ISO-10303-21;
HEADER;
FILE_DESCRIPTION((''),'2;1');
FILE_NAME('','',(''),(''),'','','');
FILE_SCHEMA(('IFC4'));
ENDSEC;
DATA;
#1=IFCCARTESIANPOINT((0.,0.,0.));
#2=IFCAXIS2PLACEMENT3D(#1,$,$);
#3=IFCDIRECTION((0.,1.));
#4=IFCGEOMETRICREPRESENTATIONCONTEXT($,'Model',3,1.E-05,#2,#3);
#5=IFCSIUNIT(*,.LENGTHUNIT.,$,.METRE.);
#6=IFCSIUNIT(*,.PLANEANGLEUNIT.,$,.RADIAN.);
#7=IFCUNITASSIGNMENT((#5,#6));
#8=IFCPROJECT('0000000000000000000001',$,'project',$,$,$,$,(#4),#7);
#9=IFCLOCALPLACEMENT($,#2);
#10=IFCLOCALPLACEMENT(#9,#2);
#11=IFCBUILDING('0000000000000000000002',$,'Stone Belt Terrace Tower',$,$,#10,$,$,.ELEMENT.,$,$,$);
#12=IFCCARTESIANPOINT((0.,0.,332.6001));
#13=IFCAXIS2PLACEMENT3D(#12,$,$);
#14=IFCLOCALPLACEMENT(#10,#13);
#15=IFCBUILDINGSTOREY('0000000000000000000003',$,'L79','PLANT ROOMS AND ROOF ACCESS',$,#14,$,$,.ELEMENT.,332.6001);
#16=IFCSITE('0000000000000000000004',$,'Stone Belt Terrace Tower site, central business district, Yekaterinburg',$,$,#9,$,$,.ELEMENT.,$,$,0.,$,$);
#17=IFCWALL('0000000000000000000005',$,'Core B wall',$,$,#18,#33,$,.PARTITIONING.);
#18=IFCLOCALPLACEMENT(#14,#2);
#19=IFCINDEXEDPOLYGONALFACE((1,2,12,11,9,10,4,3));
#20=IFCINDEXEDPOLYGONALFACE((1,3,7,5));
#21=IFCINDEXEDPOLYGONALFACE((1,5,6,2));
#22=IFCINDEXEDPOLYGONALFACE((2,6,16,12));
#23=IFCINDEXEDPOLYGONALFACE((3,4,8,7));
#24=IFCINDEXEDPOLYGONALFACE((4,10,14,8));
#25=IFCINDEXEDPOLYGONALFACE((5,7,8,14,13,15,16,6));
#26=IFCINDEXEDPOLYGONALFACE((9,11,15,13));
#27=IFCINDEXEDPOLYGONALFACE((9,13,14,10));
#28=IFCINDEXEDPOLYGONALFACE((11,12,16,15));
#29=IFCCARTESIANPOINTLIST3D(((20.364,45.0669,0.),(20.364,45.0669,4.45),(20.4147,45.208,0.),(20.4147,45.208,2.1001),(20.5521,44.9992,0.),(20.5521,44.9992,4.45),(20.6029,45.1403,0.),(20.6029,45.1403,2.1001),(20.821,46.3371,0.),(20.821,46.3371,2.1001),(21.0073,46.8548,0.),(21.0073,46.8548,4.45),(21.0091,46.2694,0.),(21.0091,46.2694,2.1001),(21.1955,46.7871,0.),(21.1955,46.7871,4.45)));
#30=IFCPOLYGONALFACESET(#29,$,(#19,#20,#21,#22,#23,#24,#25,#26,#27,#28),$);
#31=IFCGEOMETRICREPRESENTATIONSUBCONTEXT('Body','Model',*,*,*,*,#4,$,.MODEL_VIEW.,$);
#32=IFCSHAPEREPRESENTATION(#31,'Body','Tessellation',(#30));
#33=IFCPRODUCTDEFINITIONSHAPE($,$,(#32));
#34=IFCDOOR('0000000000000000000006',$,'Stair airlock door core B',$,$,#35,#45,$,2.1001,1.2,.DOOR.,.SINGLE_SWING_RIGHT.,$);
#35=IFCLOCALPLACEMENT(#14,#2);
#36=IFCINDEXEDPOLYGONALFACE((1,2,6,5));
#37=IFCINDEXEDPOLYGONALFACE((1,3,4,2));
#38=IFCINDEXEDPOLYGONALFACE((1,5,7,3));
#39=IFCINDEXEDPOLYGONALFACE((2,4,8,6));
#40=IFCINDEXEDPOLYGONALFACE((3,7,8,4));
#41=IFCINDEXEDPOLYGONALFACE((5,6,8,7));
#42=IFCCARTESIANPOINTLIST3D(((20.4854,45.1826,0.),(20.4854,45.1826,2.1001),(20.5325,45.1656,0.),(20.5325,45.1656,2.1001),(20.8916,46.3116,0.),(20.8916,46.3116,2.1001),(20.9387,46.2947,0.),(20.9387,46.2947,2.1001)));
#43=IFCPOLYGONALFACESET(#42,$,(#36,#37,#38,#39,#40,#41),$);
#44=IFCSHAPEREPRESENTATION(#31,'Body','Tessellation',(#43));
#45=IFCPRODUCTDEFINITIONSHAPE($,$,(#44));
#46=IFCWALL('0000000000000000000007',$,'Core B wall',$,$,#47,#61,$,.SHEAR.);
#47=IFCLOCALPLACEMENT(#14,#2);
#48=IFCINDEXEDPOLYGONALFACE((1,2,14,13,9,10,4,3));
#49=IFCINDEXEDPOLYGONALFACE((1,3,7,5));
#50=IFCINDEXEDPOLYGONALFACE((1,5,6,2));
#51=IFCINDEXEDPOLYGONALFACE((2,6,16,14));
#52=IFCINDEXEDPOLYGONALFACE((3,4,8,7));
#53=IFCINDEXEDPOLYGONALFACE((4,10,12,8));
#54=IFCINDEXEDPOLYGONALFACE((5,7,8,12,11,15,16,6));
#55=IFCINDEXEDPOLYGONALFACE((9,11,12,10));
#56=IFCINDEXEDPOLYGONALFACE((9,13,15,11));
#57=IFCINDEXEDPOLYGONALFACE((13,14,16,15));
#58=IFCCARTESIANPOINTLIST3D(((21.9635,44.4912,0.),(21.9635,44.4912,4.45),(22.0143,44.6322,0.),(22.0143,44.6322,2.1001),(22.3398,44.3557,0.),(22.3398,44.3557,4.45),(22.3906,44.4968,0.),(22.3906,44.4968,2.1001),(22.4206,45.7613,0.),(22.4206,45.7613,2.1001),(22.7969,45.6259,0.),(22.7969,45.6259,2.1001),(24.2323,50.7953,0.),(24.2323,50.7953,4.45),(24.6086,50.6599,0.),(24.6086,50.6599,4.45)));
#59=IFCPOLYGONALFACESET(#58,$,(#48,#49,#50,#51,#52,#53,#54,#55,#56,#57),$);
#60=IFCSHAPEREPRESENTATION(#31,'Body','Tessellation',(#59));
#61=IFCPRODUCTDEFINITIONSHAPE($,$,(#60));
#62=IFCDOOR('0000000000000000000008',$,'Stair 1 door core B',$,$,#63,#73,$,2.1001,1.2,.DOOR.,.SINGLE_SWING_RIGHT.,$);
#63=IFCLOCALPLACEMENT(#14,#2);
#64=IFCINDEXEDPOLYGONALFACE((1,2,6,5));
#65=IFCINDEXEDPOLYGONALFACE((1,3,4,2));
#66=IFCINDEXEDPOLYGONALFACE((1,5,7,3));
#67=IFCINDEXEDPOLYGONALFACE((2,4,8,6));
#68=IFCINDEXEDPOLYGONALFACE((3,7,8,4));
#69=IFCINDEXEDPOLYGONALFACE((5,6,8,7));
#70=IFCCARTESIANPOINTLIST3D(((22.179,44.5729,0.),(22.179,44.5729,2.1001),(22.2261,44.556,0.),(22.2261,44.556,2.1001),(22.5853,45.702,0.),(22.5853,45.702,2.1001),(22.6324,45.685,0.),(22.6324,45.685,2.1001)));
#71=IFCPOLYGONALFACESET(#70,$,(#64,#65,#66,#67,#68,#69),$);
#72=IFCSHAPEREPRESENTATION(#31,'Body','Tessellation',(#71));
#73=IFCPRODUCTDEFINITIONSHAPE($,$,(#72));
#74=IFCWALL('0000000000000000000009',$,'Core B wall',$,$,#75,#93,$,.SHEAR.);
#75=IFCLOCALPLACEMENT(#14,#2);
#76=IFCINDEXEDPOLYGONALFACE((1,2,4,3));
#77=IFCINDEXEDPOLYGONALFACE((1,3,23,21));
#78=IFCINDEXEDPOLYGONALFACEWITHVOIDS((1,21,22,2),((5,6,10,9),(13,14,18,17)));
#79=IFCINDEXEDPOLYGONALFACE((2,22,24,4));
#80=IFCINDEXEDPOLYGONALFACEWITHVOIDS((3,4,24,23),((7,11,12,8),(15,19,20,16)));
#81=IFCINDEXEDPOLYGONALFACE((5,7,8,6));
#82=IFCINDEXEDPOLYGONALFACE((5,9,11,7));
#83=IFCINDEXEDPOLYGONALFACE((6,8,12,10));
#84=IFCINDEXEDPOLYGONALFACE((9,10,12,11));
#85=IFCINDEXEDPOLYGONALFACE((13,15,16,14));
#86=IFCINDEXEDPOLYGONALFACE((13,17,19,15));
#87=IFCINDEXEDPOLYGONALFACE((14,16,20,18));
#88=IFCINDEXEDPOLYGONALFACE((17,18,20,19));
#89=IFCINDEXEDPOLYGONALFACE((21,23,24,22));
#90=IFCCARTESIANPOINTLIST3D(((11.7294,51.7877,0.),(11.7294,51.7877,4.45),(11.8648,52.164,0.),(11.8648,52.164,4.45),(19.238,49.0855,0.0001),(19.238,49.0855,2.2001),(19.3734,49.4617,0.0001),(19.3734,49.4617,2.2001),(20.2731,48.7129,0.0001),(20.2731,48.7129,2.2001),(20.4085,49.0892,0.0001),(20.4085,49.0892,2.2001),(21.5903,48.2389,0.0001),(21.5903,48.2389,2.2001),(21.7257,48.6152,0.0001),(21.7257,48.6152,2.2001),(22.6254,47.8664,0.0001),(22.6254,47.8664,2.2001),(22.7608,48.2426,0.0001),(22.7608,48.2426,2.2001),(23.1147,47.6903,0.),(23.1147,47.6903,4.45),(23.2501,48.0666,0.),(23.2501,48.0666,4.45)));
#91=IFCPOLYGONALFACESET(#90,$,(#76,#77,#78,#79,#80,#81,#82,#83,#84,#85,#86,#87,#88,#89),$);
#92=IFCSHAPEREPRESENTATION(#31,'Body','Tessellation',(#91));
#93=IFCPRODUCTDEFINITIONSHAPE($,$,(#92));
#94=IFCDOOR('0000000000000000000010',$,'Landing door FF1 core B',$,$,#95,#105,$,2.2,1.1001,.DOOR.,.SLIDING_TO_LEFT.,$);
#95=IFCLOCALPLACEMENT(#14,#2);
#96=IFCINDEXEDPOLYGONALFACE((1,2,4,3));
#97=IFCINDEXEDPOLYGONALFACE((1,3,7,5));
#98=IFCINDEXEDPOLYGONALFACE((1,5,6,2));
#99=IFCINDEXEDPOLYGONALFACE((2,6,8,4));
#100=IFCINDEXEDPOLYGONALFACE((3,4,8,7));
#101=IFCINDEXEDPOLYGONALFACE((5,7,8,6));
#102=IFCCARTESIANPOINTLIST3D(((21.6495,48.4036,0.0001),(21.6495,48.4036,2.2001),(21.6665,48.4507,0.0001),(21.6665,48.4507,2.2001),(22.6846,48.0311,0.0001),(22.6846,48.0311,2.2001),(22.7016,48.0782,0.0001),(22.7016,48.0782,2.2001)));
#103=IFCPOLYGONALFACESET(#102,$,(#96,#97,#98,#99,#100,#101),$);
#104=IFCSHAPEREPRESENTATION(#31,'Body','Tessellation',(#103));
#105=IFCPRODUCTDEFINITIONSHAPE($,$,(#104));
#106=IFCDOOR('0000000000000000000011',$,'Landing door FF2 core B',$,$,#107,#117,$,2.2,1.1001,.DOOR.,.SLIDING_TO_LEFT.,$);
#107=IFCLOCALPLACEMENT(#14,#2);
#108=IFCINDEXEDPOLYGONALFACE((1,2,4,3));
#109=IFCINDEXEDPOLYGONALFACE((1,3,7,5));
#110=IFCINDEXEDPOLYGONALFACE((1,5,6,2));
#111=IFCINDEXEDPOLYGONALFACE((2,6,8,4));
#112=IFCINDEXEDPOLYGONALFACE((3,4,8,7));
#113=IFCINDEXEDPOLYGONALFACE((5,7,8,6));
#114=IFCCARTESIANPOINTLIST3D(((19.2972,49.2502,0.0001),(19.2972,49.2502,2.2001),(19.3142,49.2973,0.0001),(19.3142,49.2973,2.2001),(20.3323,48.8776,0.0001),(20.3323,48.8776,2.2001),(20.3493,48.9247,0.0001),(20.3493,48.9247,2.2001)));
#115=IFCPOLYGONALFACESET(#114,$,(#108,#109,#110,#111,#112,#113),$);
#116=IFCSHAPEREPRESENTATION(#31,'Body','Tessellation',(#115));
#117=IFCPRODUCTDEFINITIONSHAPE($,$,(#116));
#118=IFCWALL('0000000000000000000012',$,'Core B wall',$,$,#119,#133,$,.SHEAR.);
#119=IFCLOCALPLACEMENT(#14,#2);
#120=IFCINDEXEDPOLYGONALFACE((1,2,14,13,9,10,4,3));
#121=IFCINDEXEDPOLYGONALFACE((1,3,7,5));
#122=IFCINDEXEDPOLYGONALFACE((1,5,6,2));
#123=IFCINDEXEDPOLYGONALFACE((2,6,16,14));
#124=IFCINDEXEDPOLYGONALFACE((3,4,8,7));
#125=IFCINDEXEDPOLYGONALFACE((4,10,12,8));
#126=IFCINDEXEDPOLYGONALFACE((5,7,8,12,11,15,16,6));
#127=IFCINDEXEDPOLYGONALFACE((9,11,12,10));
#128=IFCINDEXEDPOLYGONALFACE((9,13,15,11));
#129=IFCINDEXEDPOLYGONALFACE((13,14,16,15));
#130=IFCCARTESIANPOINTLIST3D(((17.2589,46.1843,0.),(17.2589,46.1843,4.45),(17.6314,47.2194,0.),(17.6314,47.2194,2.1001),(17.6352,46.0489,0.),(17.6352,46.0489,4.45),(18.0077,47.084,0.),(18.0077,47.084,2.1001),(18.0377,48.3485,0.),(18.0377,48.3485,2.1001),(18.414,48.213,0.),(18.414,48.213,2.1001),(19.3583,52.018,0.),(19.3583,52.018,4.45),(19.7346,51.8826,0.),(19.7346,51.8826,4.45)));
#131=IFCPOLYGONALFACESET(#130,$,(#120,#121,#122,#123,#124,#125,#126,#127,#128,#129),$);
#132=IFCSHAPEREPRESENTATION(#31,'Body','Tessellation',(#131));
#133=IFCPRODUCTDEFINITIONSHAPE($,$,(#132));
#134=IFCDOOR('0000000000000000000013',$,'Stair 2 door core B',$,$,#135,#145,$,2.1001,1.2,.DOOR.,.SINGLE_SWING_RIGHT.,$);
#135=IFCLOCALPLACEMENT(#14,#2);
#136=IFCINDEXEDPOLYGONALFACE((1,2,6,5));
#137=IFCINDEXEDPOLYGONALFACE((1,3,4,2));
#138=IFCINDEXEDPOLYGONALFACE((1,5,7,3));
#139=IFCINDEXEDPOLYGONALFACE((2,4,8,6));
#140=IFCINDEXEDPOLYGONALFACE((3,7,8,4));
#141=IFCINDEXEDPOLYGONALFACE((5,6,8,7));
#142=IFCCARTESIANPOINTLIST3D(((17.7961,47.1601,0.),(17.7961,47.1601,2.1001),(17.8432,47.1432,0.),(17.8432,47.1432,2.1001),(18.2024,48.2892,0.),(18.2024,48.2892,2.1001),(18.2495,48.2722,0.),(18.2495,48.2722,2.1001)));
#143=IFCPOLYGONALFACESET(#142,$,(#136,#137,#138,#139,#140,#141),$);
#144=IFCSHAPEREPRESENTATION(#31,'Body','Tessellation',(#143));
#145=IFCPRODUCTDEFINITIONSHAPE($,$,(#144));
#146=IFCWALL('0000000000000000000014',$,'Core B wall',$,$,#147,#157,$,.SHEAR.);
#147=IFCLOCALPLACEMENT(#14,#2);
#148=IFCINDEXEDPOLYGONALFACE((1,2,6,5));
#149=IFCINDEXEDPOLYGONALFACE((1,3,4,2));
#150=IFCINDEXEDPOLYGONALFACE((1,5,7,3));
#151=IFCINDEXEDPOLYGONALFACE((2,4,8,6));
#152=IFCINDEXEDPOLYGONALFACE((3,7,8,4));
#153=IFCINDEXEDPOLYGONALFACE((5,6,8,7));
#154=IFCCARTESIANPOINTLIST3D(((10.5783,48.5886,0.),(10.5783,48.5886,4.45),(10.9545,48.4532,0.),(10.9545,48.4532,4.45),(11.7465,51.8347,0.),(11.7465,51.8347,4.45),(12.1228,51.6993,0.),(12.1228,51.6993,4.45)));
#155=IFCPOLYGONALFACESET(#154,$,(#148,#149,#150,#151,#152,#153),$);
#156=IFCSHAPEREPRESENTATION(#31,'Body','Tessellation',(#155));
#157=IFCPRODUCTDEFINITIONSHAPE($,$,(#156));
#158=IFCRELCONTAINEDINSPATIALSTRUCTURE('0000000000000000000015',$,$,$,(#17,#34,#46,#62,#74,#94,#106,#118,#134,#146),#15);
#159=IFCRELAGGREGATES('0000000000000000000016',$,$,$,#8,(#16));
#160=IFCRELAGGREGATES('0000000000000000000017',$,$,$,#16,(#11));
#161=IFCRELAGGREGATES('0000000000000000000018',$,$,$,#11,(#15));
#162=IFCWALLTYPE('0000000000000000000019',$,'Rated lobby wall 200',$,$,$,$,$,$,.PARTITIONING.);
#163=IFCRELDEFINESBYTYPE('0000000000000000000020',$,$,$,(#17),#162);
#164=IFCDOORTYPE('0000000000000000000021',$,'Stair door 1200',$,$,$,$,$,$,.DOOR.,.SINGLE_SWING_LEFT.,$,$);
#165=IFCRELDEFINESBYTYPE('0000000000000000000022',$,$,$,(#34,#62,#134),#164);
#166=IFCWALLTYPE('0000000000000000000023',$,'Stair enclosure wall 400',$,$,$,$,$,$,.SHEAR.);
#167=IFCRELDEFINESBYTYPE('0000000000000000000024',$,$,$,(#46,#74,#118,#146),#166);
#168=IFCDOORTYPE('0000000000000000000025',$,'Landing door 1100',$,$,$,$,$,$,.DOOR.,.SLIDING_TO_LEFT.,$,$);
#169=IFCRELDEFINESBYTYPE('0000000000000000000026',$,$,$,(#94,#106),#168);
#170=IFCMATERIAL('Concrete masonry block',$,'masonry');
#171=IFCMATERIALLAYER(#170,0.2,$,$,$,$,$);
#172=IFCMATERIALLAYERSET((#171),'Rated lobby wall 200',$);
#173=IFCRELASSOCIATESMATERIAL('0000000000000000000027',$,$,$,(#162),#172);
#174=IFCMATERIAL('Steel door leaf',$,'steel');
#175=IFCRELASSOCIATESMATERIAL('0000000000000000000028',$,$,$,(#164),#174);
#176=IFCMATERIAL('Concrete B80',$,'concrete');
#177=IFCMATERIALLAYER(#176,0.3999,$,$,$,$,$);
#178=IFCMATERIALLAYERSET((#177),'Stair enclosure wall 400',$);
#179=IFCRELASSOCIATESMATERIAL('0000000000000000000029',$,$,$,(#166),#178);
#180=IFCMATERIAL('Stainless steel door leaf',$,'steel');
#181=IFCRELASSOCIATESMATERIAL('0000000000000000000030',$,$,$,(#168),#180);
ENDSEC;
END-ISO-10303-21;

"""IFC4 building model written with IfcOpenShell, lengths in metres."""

from ifc_helpers import new_model, si_unit, direction, frame, frame_2d, origin, place, context, subcontext, project, spatial, rectangle, extrude, material, layer, layer_set, type_object, element, fill, save


model = new_model("IFC4")

# Units and contexts
model_context = context("Model", 3, precision=1e-05, world=origin(), true_north=direction((0.0, 1.0)))
body_context = subcontext(model_context, "Body", "Model", "MODEL_VIEW")
ifc_project = project(units=[si_unit("LENGTHUNIT", "METRE"), si_unit("PLANEANGLEUNIT", "RADIAN")], contexts=[model_context])

# Site, building, storey
site_placement = place(None, origin())
site = spatial("IfcSite", under=ifc_project, at=site_placement, Name="Stone Belt Terrace Tower site, central business district, Yekaterinburg", CompositionType="ELEMENT", RefElevation=0.0)
building_placement = place(site_placement, origin())
building = spatial("IfcBuilding", under=site, at=building_placement, Name="Stone Belt Terrace Tower", CompositionType="ELEMENT")
storey_placement = place(building_placement, frame((0.0, 0.0, 332.6001)))
storey = spatial("IfcBuildingStorey", under=building, at=storey_placement, Name="L79", Description="PLANT ROOMS AND ROOF ACCESS", CompositionType="ELEMENT", Elevation=332.6001)

# Shared definitions
ifc_material_1 = material(Name="Concrete B80", Category="concrete")

# Shared definitions
ifc_material_2 = material(Name="Concrete masonry block", Category="masonry")
ifc_layer_1 = layer(ifc_material_2, 0.2)
ifc_layer_set_1 = layer_set([ifc_layer_1], Name="Rated lobby wall 200")
wall_type_1 = type_object("IfcWallType", Name="Rated lobby wall 200", PredefinedType="PARTITIONING", material=ifc_layer_set_1)

# Walls, openings, doors
wall_1_placement = place(storey_placement, frame((20.458, 45.033, 0.0), z_axis=(0.0, 0.0, 1.0), x_axis=(0.338574, 0.94094, 0.0)))
wall_1 = element("IfcWall", 1, at=wall_1_placement, inside=storey, type_object=wall_type_1, Name="Core B wall", PredefinedType="PARTITIONING", context=body_context, shape_type="SweptSolid", body=[
    extrude(rectangle(XDim=1.9001, YDim=0.2, at=frame_2d((0.9502, 0.0))), origin(), (0.0, 0.0, 1.0), 4.45),
])
opening_1_placement = place(wall_1_placement, frame((0.1499, 0.0, 0.0)))
opening_1 = element("IfcOpeningElement", 2, at=opening_1_placement, cuts=wall_1, PredefinedType="OPENING", context=body_context, shape_type="SweptSolid", body=[
    extrude(rectangle(XDim=1.2, YDim=2.1001, at=frame_2d((0.6001, 1.05))), frame((0.0, 0.1099, 0.0), z_axis=(0.0, -1.0, 0.0), x_axis=(1.0, 0.0, 0.0)), (0.0, 0.0, 1.0), 0.22),
])
ifc_material_3 = material(Name="Steel door leaf", Category="steel")
door_type_1 = type_object("IfcDoorType", Name="Stair door 1200", OperationType="SINGLE_SWING_LEFT", PredefinedType="DOOR", material=ifc_material_3)
door_1_placement = place(opening_1_placement, origin())
door_1 = element("IfcDoor", 3, at=door_1_placement, inside=storey, type_object=door_type_1, Name="Stair airlock door core B", OperationType="SINGLE_SWING_RIGHT", OverallHeight=2.1001, OverallWidth=1.2, PredefinedType="DOOR", context=body_context, shape_type="SweptSolid", body=[
    extrude(rectangle(XDim=1.2, YDim=2.1001, at=frame_2d((0.6001, 1.05))), frame((0.0, 0.0249, 0.0), z_axis=(0.0, -1.0, 0.0), x_axis=(1.0, 0.0, 0.0)), (0.0, 0.0, 1.0), 0.05),
])
fill(opening_1, door_1)
ifc_layer_2 = layer(ifc_material_1, 0.3999)
ifc_layer_set_2 = layer_set([ifc_layer_2], Name="Stair enclosure wall 400")
wall_type_2 = type_object("IfcWallType", Name="Stair enclosure wall 400", PredefinedType="SHEAR", material=ifc_layer_set_2)
wall_2_placement = place(storey_placement, frame((22.1516, 44.4233, 0.0), z_axis=(0.0, 0.0, 1.0), x_axis=(0.338625, 0.940921, 0.0)))
wall_2 = element("IfcWall", 4, at=wall_2_placement, inside=storey, type_object=wall_type_2, Name="Core B wall", PredefinedType="SHEAR", context=body_context, shape_type="SweptSolid", body=[
    extrude(rectangle(XDim=6.7, YDim=0.3999, at=frame_2d((3.3501, 0.0))), origin(), (0.0, 0.0, 1.0), 4.45),
])
opening_2_placement = place(wall_2_placement, frame((0.1499, 0.0, 0.0)))
opening_2 = element("IfcOpeningElement", 5, at=opening_2_placement, cuts=wall_2, PredefinedType="OPENING", context=body_context, shape_type="SweptSolid", body=[
    extrude(rectangle(XDim=1.2, YDim=2.1001, at=frame_2d((0.6001, 1.05))), frame((0.0, 0.21, 0.0), z_axis=(0.0, -1.0, 0.0), x_axis=(1.0, 0.0, 0.0)), (0.0, 0.0, 1.0), 0.4199),
])
door_2_placement = place(opening_2_placement, origin())
door_2 = element("IfcDoor", 6, at=door_2_placement, inside=storey, type_object=door_type_1, Name="Stair 1 door core B", OperationType="SINGLE_SWING_RIGHT", OverallHeight=2.1001, OverallWidth=1.2, PredefinedType="DOOR", context=body_context, shape_type="SweptSolid", body=[
    extrude(rectangle(XDim=1.2, YDim=2.1001, at=frame_2d((0.6001, 1.05))), frame((0.0, 0.0249, 0.0), z_axis=(0.0, -1.0, 0.0), x_axis=(1.0, 0.0, 0.0)), (0.0, 0.0, 1.0), 0.05),
])
fill(opening_2, door_2)

# Wall, openings, doors
wall_3_placement = place(storey_placement, frame((23.1824, 47.8784, 0.0), z_axis=(0.0, 0.0, 1.0), x_axis=(-0.940921, 0.338626, 0.0)))
wall_3 = element("IfcWall", 7, at=wall_3_placement, inside=storey, type_object=wall_type_2, Name="Core B wall", PredefinedType="SHEAR", context=body_context, shape_type="SweptSolid", body=[
    extrude(rectangle(XDim=12.1001, YDim=0.3999, at=frame_2d((6.05, 0.0))), origin(), (0.0, 0.0, 1.0), 4.45),
])
opening_3_placement = place(wall_3_placement, frame((0.52, 0.0, 0.0)))
opening_3 = element("IfcOpeningElement", 8, at=opening_3_placement, cuts=wall_3, PredefinedType="OPENING", context=body_context, shape_type="SweptSolid", body=[
    extrude(rectangle(XDim=1.1001, YDim=2.2, at=frame_2d((0.55, 1.1001))), frame((0.0, 0.21, 0.0), z_axis=(0.0, -1.0, 0.0), x_axis=(1.0, 0.0, 0.0)), (0.0, 0.0, 1.0), 0.4199),
])
opening_4_placement = place(wall_3_placement, frame((3.02, 0.0, 0.0)))
opening_4 = element("IfcOpeningElement", 9, at=opening_4_placement, cuts=wall_3, PredefinedType="OPENING", context=body_context, shape_type="SweptSolid", body=[
    extrude(rectangle(XDim=1.1001, YDim=2.2, at=frame_2d((0.55, 1.1001))), frame((0.0, 0.21, 0.0), z_axis=(0.0, -1.0, 0.0), x_axis=(1.0, 0.0, 0.0)), (0.0, 0.0, 1.0), 0.4199),
])
ifc_material_4 = material(Name="Stainless steel door leaf", Category="steel")
door_type_2 = type_object("IfcDoorType", Name="Landing door 1100", OperationType="SLIDING_TO_LEFT", PredefinedType="DOOR", material=ifc_material_4)
door_3_placement = place(opening_3_placement, origin())
door_3 = element("IfcDoor", 10, at=door_3_placement, inside=storey, type_object=door_type_2, Name="Landing door FF1 core B", OperationType="SLIDING_TO_LEFT", OverallHeight=2.2, OverallWidth=1.1001, PredefinedType="DOOR", context=body_context, shape_type="SweptSolid", body=[
    extrude(rectangle(XDim=1.1001, YDim=2.2, at=frame_2d((0.55, 1.1001))), frame((0.0, 0.0249, 0.0), z_axis=(0.0, -1.0, 0.0), x_axis=(1.0, 0.0, 0.0)), (0.0, 0.0, 1.0), 0.05),
])
fill(opening_3, door_3)
door_4_placement = place(opening_4_placement, origin())
door_4 = element("IfcDoor", 11, at=door_4_placement, inside=storey, type_object=door_type_2, Name="Landing door FF2 core B", OperationType="SLIDING_TO_LEFT", OverallHeight=2.2, OverallWidth=1.1001, PredefinedType="DOOR", context=body_context, shape_type="SweptSolid", body=[
    extrude(rectangle(XDim=1.1001, YDim=2.2, at=frame_2d((0.55, 1.1001))), frame((0.0, 0.0249, 0.0), z_axis=(0.0, -1.0, 0.0), x_axis=(1.0, 0.0, 0.0)), (0.0, 0.0, 1.0), 0.05),
])
fill(opening_4, door_4)

# Wall, opening, door
wall_4_placement = place(storey_placement, frame((17.447, 46.1165, 0.0), z_axis=(0.0, 0.0, 1.0), x_axis=(0.338608, 0.940928, 0.0)))
wall_4 = element("IfcWall", 12, at=wall_4_placement, inside=storey, type_object=wall_type_2, Name="Core B wall", PredefinedType="SHEAR", context=body_context, shape_type="SweptSolid", body=[
    extrude(rectangle(XDim=6.2, YDim=0.3999, at=frame_2d((3.1001, 0.0))), origin(), (0.0, 0.0, 1.0), 4.45),
])
opening_5_placement = place(wall_4_placement, frame((1.1001, 0.0, 0.0)))
opening_5 = element("IfcOpeningElement", 13, at=opening_5_placement, cuts=wall_4, PredefinedType="OPENING", context=body_context, shape_type="SweptSolid", body=[
    extrude(rectangle(XDim=1.2, YDim=2.1001, at=frame_2d((0.6001, 1.05))), frame((0.0, 0.21, 0.0), z_axis=(0.0, -1.0, 0.0), x_axis=(1.0, 0.0, 0.0)), (0.0, 0.0, 1.0), 0.4199),
])
door_5_placement = place(opening_5_placement, origin())
door_5 = element("IfcDoor", 14, at=door_5_placement, inside=storey, type_object=door_type_1, Name="Stair 2 door core B", OperationType="SINGLE_SWING_RIGHT", OverallHeight=2.1001, OverallWidth=1.2, PredefinedType="DOOR", context=body_context, shape_type="SweptSolid", body=[
    extrude(rectangle(XDim=1.2, YDim=2.1001, at=frame_2d((0.6001, 1.05))), frame((0.0, 0.0249, 0.0), z_axis=(0.0, -1.0, 0.0), x_axis=(1.0, 0.0, 0.0)), (0.0, 0.0, 1.0), 0.05),
])
fill(opening_5, door_5)

# Wall
wall_5_placement = place(storey_placement, frame((10.7664, 48.5208, 0.0), z_axis=(0.0, 0.0, 1.0), x_axis=(0.338622, 0.940923, 0.0)))
element("IfcWall", 15, at=wall_5_placement, inside=storey, type_object=wall_type_2, Name="Core B wall", PredefinedType="SHEAR", context=body_context, shape_type="SweptSolid", body=[
    extrude(rectangle(XDim=3.45, YDim=0.3999, at=frame_2d((1.7251, 0.0))), origin(), (0.0, 0.0, 1.0), 4.45),
])

save(model, "model.ifc")
